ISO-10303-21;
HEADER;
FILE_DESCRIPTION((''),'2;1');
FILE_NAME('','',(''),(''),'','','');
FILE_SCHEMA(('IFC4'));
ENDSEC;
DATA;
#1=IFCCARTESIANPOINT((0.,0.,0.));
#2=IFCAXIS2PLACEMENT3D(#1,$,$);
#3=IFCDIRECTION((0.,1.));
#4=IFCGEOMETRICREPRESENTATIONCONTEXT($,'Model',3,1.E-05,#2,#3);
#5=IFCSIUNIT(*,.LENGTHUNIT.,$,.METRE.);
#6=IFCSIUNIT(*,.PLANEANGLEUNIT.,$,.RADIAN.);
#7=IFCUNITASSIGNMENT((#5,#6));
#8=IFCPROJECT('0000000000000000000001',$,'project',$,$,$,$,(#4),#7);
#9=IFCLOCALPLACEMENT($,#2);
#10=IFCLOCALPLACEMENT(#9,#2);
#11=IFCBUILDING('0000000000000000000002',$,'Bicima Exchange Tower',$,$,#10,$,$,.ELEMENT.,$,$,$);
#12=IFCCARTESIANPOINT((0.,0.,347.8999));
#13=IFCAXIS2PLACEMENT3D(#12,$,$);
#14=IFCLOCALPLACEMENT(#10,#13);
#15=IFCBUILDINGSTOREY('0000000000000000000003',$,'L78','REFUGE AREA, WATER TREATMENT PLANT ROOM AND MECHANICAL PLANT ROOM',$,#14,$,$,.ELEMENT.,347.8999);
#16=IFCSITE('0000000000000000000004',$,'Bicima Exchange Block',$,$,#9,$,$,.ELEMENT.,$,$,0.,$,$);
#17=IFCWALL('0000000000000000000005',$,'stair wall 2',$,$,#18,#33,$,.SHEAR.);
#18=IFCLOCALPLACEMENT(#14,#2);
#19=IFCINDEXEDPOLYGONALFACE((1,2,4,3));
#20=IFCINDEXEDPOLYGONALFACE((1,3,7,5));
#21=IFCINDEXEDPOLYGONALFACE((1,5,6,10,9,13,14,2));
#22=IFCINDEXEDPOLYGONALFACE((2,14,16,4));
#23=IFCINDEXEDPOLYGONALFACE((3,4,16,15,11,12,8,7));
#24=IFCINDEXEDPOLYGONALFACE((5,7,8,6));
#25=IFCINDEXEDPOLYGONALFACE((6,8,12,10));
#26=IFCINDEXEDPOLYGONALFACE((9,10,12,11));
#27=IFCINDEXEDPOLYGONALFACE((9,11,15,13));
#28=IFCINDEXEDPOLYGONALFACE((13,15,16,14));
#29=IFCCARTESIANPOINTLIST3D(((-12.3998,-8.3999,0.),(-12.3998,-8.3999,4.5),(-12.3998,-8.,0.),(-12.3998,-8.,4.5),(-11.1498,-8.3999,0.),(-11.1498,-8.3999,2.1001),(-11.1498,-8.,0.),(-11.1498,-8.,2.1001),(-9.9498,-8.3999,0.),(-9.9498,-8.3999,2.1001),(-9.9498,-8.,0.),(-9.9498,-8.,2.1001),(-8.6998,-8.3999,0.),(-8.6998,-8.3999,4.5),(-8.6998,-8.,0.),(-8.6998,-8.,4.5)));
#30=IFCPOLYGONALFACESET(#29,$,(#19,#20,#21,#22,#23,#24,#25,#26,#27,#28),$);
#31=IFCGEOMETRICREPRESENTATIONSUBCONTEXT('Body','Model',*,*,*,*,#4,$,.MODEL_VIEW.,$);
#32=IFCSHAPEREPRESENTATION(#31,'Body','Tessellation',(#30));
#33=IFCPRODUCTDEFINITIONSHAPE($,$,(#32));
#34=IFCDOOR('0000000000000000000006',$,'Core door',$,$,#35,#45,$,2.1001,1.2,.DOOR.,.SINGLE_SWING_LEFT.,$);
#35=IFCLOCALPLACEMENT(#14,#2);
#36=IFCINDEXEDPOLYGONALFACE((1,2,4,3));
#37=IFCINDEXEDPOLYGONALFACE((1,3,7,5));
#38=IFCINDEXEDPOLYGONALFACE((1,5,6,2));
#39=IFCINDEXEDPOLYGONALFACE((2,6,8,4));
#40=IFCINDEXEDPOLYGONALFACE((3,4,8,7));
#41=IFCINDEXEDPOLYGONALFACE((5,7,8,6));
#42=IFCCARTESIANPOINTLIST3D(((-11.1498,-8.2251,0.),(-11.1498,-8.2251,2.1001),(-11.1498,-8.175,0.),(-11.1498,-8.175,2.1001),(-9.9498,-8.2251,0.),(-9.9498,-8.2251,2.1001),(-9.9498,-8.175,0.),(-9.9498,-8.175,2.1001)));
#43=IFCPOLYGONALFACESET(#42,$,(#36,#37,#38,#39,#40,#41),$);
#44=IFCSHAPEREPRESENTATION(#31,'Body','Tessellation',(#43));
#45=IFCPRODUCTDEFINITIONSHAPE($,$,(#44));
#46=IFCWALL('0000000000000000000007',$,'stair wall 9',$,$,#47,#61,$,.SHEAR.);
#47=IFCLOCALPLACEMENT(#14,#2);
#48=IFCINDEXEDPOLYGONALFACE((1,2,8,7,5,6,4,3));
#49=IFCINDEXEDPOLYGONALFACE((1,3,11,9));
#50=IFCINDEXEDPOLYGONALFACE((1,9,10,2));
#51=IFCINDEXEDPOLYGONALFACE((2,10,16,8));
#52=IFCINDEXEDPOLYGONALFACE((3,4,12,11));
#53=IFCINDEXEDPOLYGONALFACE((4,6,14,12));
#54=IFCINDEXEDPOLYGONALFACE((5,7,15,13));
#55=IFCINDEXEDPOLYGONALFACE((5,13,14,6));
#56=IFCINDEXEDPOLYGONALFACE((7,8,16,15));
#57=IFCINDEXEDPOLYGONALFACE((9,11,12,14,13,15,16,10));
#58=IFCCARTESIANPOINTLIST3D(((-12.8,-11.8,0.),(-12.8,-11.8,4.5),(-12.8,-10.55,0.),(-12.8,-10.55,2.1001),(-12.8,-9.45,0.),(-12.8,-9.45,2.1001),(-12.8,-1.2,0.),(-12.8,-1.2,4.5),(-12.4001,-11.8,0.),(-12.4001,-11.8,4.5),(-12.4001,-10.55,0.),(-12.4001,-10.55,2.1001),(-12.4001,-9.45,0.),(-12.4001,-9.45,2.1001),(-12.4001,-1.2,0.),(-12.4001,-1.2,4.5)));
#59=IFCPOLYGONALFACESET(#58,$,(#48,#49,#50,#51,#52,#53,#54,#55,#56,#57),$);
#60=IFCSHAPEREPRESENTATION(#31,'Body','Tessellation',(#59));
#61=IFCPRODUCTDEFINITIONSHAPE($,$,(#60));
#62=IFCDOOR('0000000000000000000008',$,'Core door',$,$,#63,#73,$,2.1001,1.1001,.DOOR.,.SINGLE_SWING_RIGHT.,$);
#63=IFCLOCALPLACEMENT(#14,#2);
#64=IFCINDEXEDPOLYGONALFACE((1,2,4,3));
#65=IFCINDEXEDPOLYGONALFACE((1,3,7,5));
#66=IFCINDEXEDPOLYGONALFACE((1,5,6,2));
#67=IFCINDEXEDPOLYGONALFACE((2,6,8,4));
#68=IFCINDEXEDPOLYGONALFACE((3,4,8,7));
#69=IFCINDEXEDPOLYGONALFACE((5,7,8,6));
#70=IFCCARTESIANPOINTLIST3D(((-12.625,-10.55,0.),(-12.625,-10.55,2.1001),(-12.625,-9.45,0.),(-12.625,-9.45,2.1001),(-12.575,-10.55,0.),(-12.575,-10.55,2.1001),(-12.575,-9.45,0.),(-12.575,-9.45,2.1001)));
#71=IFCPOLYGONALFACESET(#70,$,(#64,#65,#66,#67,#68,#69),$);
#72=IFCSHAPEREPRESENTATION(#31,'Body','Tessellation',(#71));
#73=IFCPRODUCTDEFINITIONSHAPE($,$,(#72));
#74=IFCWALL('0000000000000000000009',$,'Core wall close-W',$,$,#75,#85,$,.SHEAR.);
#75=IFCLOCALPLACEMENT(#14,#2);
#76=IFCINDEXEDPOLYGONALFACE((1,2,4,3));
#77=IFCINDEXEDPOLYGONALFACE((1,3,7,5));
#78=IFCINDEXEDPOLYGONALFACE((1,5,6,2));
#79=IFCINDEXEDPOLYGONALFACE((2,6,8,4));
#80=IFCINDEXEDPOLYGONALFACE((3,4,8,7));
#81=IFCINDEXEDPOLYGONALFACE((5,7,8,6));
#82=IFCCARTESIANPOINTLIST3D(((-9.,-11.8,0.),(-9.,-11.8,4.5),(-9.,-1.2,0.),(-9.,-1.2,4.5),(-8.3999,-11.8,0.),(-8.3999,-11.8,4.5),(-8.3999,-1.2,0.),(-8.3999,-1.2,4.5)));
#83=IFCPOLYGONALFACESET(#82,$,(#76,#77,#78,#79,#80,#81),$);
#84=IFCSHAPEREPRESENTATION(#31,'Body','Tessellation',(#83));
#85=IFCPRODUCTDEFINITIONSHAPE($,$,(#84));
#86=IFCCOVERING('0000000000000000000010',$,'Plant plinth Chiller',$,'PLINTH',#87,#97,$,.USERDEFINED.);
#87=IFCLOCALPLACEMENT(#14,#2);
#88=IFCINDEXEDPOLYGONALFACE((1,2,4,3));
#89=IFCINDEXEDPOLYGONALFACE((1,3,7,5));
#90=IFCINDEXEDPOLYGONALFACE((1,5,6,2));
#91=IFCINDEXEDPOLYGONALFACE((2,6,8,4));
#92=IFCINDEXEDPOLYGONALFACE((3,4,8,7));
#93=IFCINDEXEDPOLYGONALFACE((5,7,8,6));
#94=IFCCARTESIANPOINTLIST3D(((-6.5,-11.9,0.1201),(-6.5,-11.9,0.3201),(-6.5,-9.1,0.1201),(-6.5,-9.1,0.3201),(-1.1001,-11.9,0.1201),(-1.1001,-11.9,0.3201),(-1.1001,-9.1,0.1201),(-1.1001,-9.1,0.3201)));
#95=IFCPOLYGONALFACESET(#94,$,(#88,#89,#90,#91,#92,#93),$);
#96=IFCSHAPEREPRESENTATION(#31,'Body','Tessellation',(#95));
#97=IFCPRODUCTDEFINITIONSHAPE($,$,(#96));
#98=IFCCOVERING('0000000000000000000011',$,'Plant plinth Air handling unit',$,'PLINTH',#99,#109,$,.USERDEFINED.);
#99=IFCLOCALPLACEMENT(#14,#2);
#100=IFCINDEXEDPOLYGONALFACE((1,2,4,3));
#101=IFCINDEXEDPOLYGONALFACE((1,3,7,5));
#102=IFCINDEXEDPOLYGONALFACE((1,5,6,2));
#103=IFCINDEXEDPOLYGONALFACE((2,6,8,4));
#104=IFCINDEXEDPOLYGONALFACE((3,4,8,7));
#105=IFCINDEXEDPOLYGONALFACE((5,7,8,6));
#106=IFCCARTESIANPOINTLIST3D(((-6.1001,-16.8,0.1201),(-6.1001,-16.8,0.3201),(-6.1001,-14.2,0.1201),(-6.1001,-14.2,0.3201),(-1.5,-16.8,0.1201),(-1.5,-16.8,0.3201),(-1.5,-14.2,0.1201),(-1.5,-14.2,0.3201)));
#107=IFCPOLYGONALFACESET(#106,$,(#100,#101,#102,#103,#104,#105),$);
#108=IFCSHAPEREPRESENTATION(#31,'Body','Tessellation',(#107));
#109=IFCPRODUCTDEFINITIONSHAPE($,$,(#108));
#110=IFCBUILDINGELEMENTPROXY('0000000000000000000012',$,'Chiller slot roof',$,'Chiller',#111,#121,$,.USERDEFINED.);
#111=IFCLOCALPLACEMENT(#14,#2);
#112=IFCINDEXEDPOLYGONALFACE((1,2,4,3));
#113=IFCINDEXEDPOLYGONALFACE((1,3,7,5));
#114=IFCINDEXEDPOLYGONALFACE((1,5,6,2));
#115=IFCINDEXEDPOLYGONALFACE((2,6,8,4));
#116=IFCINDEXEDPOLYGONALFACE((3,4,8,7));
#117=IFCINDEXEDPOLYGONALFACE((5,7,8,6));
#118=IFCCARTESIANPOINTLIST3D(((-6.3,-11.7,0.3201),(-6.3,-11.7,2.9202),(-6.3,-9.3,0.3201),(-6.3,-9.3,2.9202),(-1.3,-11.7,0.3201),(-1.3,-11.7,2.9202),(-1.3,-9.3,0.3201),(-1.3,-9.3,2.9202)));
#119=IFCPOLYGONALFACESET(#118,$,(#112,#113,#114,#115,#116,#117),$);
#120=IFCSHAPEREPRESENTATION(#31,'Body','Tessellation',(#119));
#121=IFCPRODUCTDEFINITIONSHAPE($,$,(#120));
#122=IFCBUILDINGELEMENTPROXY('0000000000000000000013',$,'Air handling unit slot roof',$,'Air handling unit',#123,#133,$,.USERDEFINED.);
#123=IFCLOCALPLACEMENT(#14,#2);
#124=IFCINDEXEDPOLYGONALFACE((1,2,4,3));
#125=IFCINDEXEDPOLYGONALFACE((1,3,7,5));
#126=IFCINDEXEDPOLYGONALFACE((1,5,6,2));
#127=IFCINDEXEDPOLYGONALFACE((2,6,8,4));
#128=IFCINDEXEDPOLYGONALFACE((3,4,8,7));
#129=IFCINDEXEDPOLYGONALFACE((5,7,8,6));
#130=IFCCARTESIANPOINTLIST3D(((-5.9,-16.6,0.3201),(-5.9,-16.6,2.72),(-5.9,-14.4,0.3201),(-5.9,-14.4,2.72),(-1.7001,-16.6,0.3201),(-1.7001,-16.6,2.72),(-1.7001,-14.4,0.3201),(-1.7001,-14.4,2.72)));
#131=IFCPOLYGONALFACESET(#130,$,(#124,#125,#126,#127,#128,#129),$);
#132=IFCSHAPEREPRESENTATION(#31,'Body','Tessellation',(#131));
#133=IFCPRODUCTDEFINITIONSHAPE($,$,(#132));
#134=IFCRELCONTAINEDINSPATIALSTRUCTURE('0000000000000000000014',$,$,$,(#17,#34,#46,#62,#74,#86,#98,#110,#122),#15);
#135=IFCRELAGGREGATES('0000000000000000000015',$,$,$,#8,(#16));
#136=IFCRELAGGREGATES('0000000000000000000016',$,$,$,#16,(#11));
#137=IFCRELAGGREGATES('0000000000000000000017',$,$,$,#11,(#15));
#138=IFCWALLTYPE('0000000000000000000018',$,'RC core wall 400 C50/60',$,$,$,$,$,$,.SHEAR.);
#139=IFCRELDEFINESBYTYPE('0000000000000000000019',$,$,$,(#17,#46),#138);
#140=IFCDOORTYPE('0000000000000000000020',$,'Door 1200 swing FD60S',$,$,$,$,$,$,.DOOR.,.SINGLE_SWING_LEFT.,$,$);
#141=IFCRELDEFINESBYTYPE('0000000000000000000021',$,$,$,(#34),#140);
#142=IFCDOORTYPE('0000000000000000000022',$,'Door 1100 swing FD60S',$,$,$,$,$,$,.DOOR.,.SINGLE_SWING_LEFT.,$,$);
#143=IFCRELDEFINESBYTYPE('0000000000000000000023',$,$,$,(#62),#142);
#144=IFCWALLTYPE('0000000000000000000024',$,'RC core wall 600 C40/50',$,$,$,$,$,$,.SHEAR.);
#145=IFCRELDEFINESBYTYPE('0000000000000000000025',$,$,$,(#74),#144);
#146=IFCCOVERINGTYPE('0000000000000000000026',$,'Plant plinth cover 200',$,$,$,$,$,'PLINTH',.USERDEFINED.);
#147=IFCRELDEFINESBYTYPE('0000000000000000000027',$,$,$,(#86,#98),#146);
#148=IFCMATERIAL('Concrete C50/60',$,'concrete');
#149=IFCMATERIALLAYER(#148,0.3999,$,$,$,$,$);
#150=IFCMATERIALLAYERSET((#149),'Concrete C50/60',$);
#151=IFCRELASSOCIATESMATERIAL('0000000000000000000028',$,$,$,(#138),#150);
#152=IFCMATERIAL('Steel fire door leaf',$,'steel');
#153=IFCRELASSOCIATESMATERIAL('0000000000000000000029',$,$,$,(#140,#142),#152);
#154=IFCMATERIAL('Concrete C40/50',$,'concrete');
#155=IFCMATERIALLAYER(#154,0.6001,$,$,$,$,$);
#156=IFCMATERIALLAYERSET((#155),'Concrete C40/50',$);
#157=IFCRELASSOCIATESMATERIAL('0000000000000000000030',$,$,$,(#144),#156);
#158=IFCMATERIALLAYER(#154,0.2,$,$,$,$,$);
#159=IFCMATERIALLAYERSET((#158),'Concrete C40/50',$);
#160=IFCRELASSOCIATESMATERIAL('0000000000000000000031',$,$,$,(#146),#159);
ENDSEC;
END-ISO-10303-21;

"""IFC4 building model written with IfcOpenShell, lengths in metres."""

from ifc_helpers import new_model, si_unit, direction, frame, frame_2d, origin, origin_2d, place, context, subcontext, project, spatial, rectangle, extrude, material, layer, layer_set, type_object, element, fill, save


model = new_model("IFC4")

# Units and contexts
model_context = context("Model", 3, precision=1e-05, world=origin(), true_north=direction((0.0, 1.0)))
body_context = subcontext(model_context, "Body", "Model", "MODEL_VIEW")
ifc_project = project(units=[si_unit("LENGTHUNIT", "METRE"), si_unit("PLANEANGLEUNIT", "RADIAN")], contexts=[model_context])

# Site, building, storey
site_placement = place(None, origin())
site = spatial("IfcSite", under=ifc_project, at=site_placement, Name="Bicima Exchange Block", CompositionType="ELEMENT", RefElevation=0.0)
building_placement = place(site_placement, origin())
building = spatial("IfcBuilding", under=site, at=building_placement, Name="Bicima Exchange Tower", CompositionType="ELEMENT")
storey_placement = place(building_placement, frame((0.0, 0.0, 347.8999)))
storey = spatial("IfcBuildingStorey", under=building, at=storey_placement, Name="L78", Description="REFUGE AREA, WATER TREATMENT PLANT ROOM AND MECHANICAL PLANT ROOM", CompositionType="ELEMENT", Elevation=347.8999)

# Walls, openings, doors
ifc_material_1 = material(Name="Concrete C40/50", Category="concrete")
ifc_material_2 = material(Name="Concrete C50/60", Category="concrete")
ifc_layer_1 = layer(ifc_material_2, 0.3999)
ifc_layer_set_1 = layer_set([ifc_layer_1], Name="Concrete C50/60")
wall_type_1 = type_object("IfcWallType", Name="RC core wall 400 C50/60", PredefinedType="SHEAR", material=ifc_layer_set_1)
wall_1_placement = place(storey_placement, frame((-12.3999, -8.2, 0.0), z_axis=(0.0, 0.0, 1.0), x_axis=(1.0, 0.0, 0.0)))
wall_1 = element("IfcWall", 1, at=wall_1_placement, inside=storey, type_object=wall_type_1, Name="stair wall 2", PredefinedType="SHEAR", context=body_context, shape_type="SweptSolid", body=[
    extrude(rectangle(XDim=3.7, YDim=0.3999, at=frame_2d((1.8501, 0.0))), origin(), (0.0, 0.0, 1.0), 4.5),
])
opening_1_placement = place(wall_1_placement, frame((1.25, 0.0, 0.0)))
opening_1 = element("IfcOpeningElement", 2, at=opening_1_placement, cuts=wall_1, PredefinedType="OPENING", context=body_context, shape_type="SweptSolid", body=[
    extrude(rectangle(XDim=1.2, YDim=2.1001, at=frame_2d((0.6001, 1.05))), frame((0.0, 0.2119, 0.0), z_axis=(0.0, -1.0, 0.0), x_axis=(1.0, 0.0, 0.0)), (0.0, 0.0, 1.0), 0.4238),
])
ifc_material_3 = material(Name="Steel fire door leaf", Category="steel")
door_type_1 = type_object("IfcDoorType", Name="Door 1200 swing FD60S", OperationType="SINGLE_SWING_LEFT", PredefinedType="DOOR", material=ifc_material_3)
door_1_placement = place(opening_1_placement, origin())
door_1 = element("IfcDoor", 3, at=door_1_placement, inside=storey, type_object=door_type_1, Name="Core door", OperationType="SINGLE_SWING_LEFT", OverallHeight=2.1001, OverallWidth=1.2, PredefinedType="DOOR", context=body_context, shape_type="SweptSolid", body=[
    extrude(rectangle(XDim=1.2, YDim=2.1001, at=frame_2d((0.6001, 1.05))), frame((0.0, 0.0249, 0.0), z_axis=(0.0, -1.0, 0.0), x_axis=(1.0, 0.0, 0.0)), (0.0, 0.0, 1.0), 0.05),
])
fill(opening_1, door_1)
wall_2_placement = place(storey_placement, frame((-12.6001, -11.8, 0.0), z_axis=(0.0, 0.0, 1.0), x_axis=(0.0, 1.0, 0.0)))
wall_2 = element("IfcWall", 4, at=wall_2_placement, inside=storey, type_object=wall_type_1, Name="stair wall 9", PredefinedType="SHEAR", context=body_context, shape_type="SweptSolid", body=[
    extrude(rectangle(XDim=10.6001, YDim=0.3999, at=frame_2d((5.3, 0.0))), origin(), (0.0, 0.0, 1.0), 4.5),
])
opening_2_placement = place(wall_2_placement, frame((1.25, 0.0, 0.0)))
opening_2 = element("IfcOpeningElement", 5, at=opening_2_placement, cuts=wall_2, PredefinedType="OPENING", context=body_context, shape_type="SweptSolid", body=[
    extrude(rectangle(XDim=1.1001, YDim=2.1001, at=frame_2d((0.55, 1.05))), frame((0.0, 0.2119, 0.0), z_axis=(0.0, -1.0, 0.0), x_axis=(1.0, 0.0, 0.0)), (0.0, 0.0, 1.0), 0.4238),
])
door_type_2 = type_object("IfcDoorType", Name="Door 1100 swing FD60S", OperationType="SINGLE_SWING_LEFT", PredefinedType="DOOR", material=ifc_material_3)
door_2_placement = place(opening_2_placement, origin())
door_2 = element("IfcDoor", 6, at=door_2_placement, inside=storey, type_object=door_type_2, Name="Core door", OperationType="SINGLE_SWING_RIGHT", OverallHeight=2.1001, OverallWidth=1.1001, PredefinedType="DOOR", context=body_context, shape_type="SweptSolid", body=[
    extrude(rectangle(XDim=1.1001, YDim=2.1001, at=frame_2d((0.55, 1.05))), frame((0.0, 0.0249, 0.0), z_axis=(0.0, -1.0, 0.0), x_axis=(1.0, 0.0, 0.0)), (0.0, 0.0, 1.0), 0.05),
])
fill(opening_2, door_2)

# Wall
ifc_layer_2 = layer(ifc_material_1, 0.6001)
ifc_layer_set_2 = layer_set([ifc_layer_2], Name="Concrete C40/50")
wall_type_2 = type_object("IfcWallType", Name="RC core wall 600 C40/50", PredefinedType="SHEAR", material=ifc_layer_set_2)
wall_3_placement = place(storey_placement, frame((-8.7, -11.8, 0.0), z_axis=(0.0, 0.0, 1.0), x_axis=(0.0, 1.0, 0.0)))
element("IfcWall", 7, at=wall_3_placement, inside=storey, type_object=wall_type_2, Name="Core wall close-W", PredefinedType="SHEAR", context=body_context, shape_type="SweptSolid", body=[
    extrude(rectangle(XDim=10.6001, YDim=0.6001, at=frame_2d((5.3, 0.0))), origin(), (0.0, 0.0, 1.0), 4.5),
])

# Coverings
ifc_layer_3 = layer(ifc_material_1, 0.2)
ifc_layer_set_3 = layer_set([ifc_layer_3], Name="Concrete C40/50")
covering_type = type_object("IfcCoveringType", Name="Plant plinth cover 200", ElementType="PLINTH", PredefinedType="USERDEFINED", material=ifc_layer_set_3)
covering_1_placement = place(storey_placement, frame((-3.8, -10.5, 0.1201), z_axis=(0.0, 0.0, 1.0), x_axis=(1.0, 0.0, 0.0)))
element("IfcCovering", 8, at=covering_1_placement, inside=storey, type_object=covering_type, Name="Plant plinth Chiller", ObjectType="PLINTH", PredefinedType="USERDEFINED", context=body_context, shape_type="SweptSolid", body=[
    extrude(rectangle(XDim=5.3999, YDim=2.8, at=origin_2d()), origin(), (0.0, 0.0, 1.0), 0.2),
])
covering_2_placement = place(storey_placement, frame((-3.8, -15.5, 0.1201), z_axis=(0.0, 0.0, 1.0), x_axis=(1.0, 0.0, 0.0)))
element("IfcCovering", 9, at=covering_2_placement, inside=storey, type_object=covering_type, Name="Plant plinth Air handling unit", ObjectType="PLINTH", PredefinedType="USERDEFINED", context=body_context, shape_type="SweptSolid", body=[
    extrude(rectangle(XDim=4.6001, YDim=2.6001, at=origin_2d()), origin(), (0.0, 0.0, 1.0), 0.2),
])

# Building element proxies
proxy_1_placement = place(storey_placement, frame((-3.8, -10.5, 0.3201), z_axis=(0.0, 0.0, 1.0), x_axis=(1.0, 0.0, 0.0)))
element("IfcBuildingElementProxy", 10, at=proxy_1_placement, inside=storey, Name="Chiller slot roof", ObjectType="Chiller", PredefinedType="USERDEFINED", context=body_context, shape_type="SweptSolid", body=[
    extrude(rectangle(XDim=5.0, YDim=2.3999, at=origin_2d()), origin(), (0.0, 0.0, 1.0), 2.6001),
])
proxy_2_placement = place(storey_placement, frame((-3.8, -15.5, 0.3201), z_axis=(0.0, 0.0, 1.0), x_axis=(1.0, 0.0, 0.0)))
element("IfcBuildingElementProxy", 11, at=proxy_2_placement, inside=storey, Name="Air handling unit slot roof", ObjectType="Air handling unit", PredefinedType="USERDEFINED", context=body_context, shape_type="SweptSolid", body=[
    extrude(rectangle(XDim=4.2, YDim=2.2, at=origin_2d()), origin(), (0.0, 0.0, 1.0), 2.3999),
])

save(model, "model.ifc")
